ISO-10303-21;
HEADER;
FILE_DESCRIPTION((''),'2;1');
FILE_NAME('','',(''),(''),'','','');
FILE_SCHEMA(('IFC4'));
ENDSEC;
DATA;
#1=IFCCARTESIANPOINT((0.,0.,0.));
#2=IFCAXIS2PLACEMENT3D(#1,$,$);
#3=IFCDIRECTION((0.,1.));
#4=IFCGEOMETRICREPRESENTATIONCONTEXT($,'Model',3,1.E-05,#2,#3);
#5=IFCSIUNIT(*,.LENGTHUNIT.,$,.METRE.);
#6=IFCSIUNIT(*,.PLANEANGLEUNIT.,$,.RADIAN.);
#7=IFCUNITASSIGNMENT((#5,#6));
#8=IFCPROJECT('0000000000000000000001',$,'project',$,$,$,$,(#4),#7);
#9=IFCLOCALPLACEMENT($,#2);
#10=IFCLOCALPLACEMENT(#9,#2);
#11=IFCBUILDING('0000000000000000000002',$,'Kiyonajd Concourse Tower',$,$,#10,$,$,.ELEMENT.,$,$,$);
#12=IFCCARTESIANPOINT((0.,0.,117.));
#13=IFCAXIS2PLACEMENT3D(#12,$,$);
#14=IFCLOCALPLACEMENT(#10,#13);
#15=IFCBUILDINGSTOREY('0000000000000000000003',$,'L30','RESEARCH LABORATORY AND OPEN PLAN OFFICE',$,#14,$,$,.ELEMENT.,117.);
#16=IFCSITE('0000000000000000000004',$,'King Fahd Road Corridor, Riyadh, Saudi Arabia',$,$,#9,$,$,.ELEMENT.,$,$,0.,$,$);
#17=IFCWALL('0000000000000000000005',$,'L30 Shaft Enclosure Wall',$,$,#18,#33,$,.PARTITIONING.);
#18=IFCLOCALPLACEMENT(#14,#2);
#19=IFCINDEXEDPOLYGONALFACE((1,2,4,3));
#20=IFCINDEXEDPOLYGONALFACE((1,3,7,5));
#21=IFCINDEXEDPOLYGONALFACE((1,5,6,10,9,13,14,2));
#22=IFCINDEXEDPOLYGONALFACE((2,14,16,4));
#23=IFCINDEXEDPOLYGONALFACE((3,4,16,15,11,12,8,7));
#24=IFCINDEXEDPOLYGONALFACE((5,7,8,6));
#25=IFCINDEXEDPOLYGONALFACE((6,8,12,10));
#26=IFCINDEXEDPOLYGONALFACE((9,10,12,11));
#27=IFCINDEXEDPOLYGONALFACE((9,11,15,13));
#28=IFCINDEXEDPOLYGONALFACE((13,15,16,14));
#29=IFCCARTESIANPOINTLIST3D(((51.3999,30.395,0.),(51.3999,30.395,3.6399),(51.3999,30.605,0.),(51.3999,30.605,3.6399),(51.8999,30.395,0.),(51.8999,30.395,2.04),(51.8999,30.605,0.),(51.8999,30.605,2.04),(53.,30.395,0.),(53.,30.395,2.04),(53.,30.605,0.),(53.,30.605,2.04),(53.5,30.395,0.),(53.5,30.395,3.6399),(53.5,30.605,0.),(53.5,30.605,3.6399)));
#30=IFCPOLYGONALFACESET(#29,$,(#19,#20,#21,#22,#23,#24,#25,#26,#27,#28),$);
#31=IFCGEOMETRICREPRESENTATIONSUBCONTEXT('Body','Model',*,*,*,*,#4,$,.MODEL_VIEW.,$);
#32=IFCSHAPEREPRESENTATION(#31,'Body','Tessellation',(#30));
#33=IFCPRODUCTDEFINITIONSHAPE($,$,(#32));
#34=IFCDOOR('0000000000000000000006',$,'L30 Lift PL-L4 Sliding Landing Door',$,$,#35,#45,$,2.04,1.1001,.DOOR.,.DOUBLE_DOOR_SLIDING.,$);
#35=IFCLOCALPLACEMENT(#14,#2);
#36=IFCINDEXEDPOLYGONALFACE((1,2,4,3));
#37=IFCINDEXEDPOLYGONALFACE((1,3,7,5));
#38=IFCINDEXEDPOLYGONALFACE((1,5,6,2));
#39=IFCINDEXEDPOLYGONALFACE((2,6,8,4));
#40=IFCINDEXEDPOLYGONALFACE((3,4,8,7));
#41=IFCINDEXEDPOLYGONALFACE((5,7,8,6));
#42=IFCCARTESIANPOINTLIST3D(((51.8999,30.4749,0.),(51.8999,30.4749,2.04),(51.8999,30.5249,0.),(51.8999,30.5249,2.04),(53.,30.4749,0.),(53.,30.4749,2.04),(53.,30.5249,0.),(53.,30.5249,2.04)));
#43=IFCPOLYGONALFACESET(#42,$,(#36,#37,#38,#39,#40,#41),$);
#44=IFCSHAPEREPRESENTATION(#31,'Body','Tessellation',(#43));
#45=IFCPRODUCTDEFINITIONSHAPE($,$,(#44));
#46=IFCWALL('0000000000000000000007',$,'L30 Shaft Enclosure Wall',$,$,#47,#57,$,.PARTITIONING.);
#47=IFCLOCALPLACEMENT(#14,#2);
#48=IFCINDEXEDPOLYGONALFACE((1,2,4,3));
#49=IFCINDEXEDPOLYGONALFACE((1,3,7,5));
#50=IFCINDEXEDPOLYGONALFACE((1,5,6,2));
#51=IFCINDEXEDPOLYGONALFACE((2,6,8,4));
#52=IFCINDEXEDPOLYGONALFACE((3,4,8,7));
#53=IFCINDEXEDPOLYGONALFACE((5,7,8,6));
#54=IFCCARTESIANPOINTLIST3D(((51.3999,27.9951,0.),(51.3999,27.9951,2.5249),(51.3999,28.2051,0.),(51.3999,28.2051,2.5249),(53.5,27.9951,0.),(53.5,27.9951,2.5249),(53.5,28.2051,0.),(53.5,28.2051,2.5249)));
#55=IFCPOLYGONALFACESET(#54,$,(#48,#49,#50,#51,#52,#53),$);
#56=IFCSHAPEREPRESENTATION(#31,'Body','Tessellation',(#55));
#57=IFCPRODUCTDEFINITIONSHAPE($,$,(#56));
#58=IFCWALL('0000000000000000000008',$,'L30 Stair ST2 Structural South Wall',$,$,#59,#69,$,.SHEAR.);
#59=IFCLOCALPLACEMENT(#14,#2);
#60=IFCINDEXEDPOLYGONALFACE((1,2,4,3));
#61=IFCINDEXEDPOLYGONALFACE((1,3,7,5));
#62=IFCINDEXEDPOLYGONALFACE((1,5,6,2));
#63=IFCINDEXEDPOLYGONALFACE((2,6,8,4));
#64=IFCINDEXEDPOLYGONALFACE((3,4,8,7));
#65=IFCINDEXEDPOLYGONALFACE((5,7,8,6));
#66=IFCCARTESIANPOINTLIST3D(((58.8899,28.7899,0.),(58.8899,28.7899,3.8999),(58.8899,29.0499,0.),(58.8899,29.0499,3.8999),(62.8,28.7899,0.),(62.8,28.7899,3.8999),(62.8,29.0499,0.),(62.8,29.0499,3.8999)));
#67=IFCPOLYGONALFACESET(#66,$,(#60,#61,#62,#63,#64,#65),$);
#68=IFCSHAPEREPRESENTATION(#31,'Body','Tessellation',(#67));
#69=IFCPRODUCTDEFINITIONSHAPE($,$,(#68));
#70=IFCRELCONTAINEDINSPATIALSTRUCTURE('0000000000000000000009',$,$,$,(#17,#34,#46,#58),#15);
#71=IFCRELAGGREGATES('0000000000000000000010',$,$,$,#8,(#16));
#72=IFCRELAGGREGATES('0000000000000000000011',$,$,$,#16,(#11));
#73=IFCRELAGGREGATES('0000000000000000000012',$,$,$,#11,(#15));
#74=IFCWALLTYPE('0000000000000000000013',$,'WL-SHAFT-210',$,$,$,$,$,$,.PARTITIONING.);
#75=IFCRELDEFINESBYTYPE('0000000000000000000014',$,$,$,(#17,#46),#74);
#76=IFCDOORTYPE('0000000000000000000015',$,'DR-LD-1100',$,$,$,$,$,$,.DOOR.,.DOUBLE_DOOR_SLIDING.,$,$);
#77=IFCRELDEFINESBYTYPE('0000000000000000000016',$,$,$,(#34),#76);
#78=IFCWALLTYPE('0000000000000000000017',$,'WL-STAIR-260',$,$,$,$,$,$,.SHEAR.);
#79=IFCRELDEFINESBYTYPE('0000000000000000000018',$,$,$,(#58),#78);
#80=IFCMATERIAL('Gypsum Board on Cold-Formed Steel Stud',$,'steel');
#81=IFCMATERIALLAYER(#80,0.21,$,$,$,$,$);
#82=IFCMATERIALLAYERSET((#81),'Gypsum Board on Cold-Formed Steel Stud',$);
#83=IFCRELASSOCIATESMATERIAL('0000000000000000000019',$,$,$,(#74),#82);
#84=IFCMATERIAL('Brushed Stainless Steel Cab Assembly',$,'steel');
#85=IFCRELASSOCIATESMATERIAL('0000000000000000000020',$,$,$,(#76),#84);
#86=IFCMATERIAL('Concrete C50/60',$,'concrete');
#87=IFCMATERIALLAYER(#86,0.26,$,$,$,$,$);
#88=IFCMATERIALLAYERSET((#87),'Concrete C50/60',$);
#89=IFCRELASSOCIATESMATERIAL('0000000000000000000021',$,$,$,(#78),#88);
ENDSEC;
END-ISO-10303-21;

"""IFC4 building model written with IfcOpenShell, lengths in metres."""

from ifc_helpers import new_model, si_unit, direction, frame, frame_2d, origin, place, context, subcontext, project, spatial, rectangle, extrude, material, layer, layer_set, type_object, element, fill, save


model = new_model("IFC4")

# Units and contexts
model_context = context("Model", 3, precision=1e-05, world=origin(), true_north=direction((0.0, 1.0)))
body_context = subcontext(model_context, "Body", "Model", "MODEL_VIEW")
ifc_project = project(units=[si_unit("LENGTHUNIT", "METRE"), si_unit("PLANEANGLEUNIT", "RADIAN")], contexts=[model_context])

# Site, building, storey
site_placement = place(None, origin())
site = spatial("IfcSite", under=ifc_project, at=site_placement, Name="King Fahd Road Corridor, Riyadh, Saudi Arabia", CompositionType="ELEMENT", RefElevation=0.0)
building_placement = place(site_placement, origin())
building = spatial("IfcBuilding", under=site, at=building_placement, Name="Kiyonajd Concourse Tower", CompositionType="ELEMENT")
storey_placement = place(building_placement, frame((0.0, 0.0, 117.0)))
storey = spatial("IfcBuildingStorey", under=building, at=storey_placement, Name="L30", Description="RESEARCH LABORATORY AND OPEN PLAN OFFICE", CompositionType="ELEMENT", Elevation=117.0)

# Shared definitions
ifc_material_1 = material(Name="Concrete C50/60", Category="concrete")

# Shared definitions
ifc_material_2 = material(Name="Brushed Stainless Steel Cab Assembly", Category="steel")
ifc_material_3 = material(Name="Gypsum Board on Cold-Formed Steel Stud", Category="steel")
ifc_layer_1 = layer(ifc_material_3, 0.21)
ifc_layer_set_1 = layer_set([ifc_layer_1], Name="Gypsum Board on Cold-Formed Steel Stud")
wall_type_1 = type_object("IfcWallType", Name="WL-SHAFT-210", PredefinedType="PARTITIONING", material=ifc_layer_set_1)

# Wall, opening, door
wall_1_placement = place(storey_placement, frame((51.3999, 30.5, 0.0), z_axis=(0.0, 0.0, 1.0), x_axis=(1.0, 0.0, 0.0)))
wall_1 = element("IfcWall", 1, at=wall_1_placement, inside=storey, type_object=wall_type_1, Name="L30 Shaft Enclosure Wall", PredefinedType="PARTITIONING", context=body_context, shape_type="SweptSolid", body=[
    extrude(rectangle(XDim=2.1001, YDim=0.21, at=frame_2d((1.05, 0.0))), origin(), (0.0, 0.0, 1.0), 3.6399),
])
opening_1_placement = place(wall_1_placement, frame((0.5, 0.0, 0.0)))
opening_1 = element("IfcOpeningElement", 2, at=opening_1_placement, cuts=wall_1, PredefinedType="OPENING", context=body_context, shape_type="SweptSolid", body=[
    extrude(rectangle(XDim=1.1001, YDim=2.04, at=frame_2d((0.55, 1.02))), frame((0.0, 0.115, 0.0), z_axis=(0.0, -1.0, 0.0), x_axis=(1.0, 0.0, 0.0)), (0.0, 0.0, 1.0), 0.23),
])
door_type_1 = type_object("IfcDoorType", Name="DR-LD-1100", OperationType="DOUBLE_DOOR_SLIDING", PredefinedType="DOOR", material=ifc_material_2)
door_1_placement = place(opening_1_placement, origin())
door_1 = element("IfcDoor", 3, at=door_1_placement, inside=storey, type_object=door_type_1, Name="L30 Lift PL-L4 Sliding Landing Door", OperationType="DOUBLE_DOOR_SLIDING", OverallHeight=2.04, OverallWidth=1.1001, PredefinedType="DOOR", context=body_context, shape_type="SweptSolid", body=[
    extrude(rectangle(XDim=1.1001, YDim=2.04, at=frame_2d((0.55, 1.02))), frame((0.0, 0.0249, 0.0), z_axis=(0.0, -1.0, 0.0), x_axis=(1.0, 0.0, 0.0)), (0.0, 0.0, 1.0), 0.05),
])
fill(opening_1, door_1)

# Walls
wall_2_placement = place(storey_placement, frame((51.3999, 28.1001, 0.0), z_axis=(0.0, 0.0, 1.0), x_axis=(1.0, 0.0, 0.0)))
element("IfcWall", 4, at=wall_2_placement, inside=storey, type_object=wall_type_1, Name="L30 Shaft Enclosure Wall", PredefinedType="PARTITIONING", context=body_context, shape_type="SweptSolid", body=[
    extrude(rectangle(XDim=2.1001, YDim=0.21, at=frame_2d((1.05, 0.0))), origin(), (0.0, 0.0, 1.0), 2.5249),
])
ifc_layer_2 = layer(ifc_material_1, 0.26)
ifc_layer_set_2 = layer_set([ifc_layer_2], Name="Concrete C50/60")
wall_type_2 = type_object("IfcWallType", Name="WL-STAIR-260", PredefinedType="SHEAR", material=ifc_layer_set_2)
wall_3_placement = place(storey_placement, frame((58.8899, 28.9199, 0.0), z_axis=(0.0, 0.0, 1.0), x_axis=(1.0, 0.0, 0.0)))
element("IfcWall", 5, at=wall_3_placement, inside=storey, type_object=wall_type_2, Name="L30 Stair ST2 Structural South Wall", PredefinedType="SHEAR", context=body_context, shape_type="SweptSolid", body=[
    extrude(rectangle(XDim=3.9102, YDim=0.26, at=frame_2d((1.9551, 0.0))), origin(), (0.0, 0.0, 1.0), 3.8999),
])

save(model, "model.ifc")
